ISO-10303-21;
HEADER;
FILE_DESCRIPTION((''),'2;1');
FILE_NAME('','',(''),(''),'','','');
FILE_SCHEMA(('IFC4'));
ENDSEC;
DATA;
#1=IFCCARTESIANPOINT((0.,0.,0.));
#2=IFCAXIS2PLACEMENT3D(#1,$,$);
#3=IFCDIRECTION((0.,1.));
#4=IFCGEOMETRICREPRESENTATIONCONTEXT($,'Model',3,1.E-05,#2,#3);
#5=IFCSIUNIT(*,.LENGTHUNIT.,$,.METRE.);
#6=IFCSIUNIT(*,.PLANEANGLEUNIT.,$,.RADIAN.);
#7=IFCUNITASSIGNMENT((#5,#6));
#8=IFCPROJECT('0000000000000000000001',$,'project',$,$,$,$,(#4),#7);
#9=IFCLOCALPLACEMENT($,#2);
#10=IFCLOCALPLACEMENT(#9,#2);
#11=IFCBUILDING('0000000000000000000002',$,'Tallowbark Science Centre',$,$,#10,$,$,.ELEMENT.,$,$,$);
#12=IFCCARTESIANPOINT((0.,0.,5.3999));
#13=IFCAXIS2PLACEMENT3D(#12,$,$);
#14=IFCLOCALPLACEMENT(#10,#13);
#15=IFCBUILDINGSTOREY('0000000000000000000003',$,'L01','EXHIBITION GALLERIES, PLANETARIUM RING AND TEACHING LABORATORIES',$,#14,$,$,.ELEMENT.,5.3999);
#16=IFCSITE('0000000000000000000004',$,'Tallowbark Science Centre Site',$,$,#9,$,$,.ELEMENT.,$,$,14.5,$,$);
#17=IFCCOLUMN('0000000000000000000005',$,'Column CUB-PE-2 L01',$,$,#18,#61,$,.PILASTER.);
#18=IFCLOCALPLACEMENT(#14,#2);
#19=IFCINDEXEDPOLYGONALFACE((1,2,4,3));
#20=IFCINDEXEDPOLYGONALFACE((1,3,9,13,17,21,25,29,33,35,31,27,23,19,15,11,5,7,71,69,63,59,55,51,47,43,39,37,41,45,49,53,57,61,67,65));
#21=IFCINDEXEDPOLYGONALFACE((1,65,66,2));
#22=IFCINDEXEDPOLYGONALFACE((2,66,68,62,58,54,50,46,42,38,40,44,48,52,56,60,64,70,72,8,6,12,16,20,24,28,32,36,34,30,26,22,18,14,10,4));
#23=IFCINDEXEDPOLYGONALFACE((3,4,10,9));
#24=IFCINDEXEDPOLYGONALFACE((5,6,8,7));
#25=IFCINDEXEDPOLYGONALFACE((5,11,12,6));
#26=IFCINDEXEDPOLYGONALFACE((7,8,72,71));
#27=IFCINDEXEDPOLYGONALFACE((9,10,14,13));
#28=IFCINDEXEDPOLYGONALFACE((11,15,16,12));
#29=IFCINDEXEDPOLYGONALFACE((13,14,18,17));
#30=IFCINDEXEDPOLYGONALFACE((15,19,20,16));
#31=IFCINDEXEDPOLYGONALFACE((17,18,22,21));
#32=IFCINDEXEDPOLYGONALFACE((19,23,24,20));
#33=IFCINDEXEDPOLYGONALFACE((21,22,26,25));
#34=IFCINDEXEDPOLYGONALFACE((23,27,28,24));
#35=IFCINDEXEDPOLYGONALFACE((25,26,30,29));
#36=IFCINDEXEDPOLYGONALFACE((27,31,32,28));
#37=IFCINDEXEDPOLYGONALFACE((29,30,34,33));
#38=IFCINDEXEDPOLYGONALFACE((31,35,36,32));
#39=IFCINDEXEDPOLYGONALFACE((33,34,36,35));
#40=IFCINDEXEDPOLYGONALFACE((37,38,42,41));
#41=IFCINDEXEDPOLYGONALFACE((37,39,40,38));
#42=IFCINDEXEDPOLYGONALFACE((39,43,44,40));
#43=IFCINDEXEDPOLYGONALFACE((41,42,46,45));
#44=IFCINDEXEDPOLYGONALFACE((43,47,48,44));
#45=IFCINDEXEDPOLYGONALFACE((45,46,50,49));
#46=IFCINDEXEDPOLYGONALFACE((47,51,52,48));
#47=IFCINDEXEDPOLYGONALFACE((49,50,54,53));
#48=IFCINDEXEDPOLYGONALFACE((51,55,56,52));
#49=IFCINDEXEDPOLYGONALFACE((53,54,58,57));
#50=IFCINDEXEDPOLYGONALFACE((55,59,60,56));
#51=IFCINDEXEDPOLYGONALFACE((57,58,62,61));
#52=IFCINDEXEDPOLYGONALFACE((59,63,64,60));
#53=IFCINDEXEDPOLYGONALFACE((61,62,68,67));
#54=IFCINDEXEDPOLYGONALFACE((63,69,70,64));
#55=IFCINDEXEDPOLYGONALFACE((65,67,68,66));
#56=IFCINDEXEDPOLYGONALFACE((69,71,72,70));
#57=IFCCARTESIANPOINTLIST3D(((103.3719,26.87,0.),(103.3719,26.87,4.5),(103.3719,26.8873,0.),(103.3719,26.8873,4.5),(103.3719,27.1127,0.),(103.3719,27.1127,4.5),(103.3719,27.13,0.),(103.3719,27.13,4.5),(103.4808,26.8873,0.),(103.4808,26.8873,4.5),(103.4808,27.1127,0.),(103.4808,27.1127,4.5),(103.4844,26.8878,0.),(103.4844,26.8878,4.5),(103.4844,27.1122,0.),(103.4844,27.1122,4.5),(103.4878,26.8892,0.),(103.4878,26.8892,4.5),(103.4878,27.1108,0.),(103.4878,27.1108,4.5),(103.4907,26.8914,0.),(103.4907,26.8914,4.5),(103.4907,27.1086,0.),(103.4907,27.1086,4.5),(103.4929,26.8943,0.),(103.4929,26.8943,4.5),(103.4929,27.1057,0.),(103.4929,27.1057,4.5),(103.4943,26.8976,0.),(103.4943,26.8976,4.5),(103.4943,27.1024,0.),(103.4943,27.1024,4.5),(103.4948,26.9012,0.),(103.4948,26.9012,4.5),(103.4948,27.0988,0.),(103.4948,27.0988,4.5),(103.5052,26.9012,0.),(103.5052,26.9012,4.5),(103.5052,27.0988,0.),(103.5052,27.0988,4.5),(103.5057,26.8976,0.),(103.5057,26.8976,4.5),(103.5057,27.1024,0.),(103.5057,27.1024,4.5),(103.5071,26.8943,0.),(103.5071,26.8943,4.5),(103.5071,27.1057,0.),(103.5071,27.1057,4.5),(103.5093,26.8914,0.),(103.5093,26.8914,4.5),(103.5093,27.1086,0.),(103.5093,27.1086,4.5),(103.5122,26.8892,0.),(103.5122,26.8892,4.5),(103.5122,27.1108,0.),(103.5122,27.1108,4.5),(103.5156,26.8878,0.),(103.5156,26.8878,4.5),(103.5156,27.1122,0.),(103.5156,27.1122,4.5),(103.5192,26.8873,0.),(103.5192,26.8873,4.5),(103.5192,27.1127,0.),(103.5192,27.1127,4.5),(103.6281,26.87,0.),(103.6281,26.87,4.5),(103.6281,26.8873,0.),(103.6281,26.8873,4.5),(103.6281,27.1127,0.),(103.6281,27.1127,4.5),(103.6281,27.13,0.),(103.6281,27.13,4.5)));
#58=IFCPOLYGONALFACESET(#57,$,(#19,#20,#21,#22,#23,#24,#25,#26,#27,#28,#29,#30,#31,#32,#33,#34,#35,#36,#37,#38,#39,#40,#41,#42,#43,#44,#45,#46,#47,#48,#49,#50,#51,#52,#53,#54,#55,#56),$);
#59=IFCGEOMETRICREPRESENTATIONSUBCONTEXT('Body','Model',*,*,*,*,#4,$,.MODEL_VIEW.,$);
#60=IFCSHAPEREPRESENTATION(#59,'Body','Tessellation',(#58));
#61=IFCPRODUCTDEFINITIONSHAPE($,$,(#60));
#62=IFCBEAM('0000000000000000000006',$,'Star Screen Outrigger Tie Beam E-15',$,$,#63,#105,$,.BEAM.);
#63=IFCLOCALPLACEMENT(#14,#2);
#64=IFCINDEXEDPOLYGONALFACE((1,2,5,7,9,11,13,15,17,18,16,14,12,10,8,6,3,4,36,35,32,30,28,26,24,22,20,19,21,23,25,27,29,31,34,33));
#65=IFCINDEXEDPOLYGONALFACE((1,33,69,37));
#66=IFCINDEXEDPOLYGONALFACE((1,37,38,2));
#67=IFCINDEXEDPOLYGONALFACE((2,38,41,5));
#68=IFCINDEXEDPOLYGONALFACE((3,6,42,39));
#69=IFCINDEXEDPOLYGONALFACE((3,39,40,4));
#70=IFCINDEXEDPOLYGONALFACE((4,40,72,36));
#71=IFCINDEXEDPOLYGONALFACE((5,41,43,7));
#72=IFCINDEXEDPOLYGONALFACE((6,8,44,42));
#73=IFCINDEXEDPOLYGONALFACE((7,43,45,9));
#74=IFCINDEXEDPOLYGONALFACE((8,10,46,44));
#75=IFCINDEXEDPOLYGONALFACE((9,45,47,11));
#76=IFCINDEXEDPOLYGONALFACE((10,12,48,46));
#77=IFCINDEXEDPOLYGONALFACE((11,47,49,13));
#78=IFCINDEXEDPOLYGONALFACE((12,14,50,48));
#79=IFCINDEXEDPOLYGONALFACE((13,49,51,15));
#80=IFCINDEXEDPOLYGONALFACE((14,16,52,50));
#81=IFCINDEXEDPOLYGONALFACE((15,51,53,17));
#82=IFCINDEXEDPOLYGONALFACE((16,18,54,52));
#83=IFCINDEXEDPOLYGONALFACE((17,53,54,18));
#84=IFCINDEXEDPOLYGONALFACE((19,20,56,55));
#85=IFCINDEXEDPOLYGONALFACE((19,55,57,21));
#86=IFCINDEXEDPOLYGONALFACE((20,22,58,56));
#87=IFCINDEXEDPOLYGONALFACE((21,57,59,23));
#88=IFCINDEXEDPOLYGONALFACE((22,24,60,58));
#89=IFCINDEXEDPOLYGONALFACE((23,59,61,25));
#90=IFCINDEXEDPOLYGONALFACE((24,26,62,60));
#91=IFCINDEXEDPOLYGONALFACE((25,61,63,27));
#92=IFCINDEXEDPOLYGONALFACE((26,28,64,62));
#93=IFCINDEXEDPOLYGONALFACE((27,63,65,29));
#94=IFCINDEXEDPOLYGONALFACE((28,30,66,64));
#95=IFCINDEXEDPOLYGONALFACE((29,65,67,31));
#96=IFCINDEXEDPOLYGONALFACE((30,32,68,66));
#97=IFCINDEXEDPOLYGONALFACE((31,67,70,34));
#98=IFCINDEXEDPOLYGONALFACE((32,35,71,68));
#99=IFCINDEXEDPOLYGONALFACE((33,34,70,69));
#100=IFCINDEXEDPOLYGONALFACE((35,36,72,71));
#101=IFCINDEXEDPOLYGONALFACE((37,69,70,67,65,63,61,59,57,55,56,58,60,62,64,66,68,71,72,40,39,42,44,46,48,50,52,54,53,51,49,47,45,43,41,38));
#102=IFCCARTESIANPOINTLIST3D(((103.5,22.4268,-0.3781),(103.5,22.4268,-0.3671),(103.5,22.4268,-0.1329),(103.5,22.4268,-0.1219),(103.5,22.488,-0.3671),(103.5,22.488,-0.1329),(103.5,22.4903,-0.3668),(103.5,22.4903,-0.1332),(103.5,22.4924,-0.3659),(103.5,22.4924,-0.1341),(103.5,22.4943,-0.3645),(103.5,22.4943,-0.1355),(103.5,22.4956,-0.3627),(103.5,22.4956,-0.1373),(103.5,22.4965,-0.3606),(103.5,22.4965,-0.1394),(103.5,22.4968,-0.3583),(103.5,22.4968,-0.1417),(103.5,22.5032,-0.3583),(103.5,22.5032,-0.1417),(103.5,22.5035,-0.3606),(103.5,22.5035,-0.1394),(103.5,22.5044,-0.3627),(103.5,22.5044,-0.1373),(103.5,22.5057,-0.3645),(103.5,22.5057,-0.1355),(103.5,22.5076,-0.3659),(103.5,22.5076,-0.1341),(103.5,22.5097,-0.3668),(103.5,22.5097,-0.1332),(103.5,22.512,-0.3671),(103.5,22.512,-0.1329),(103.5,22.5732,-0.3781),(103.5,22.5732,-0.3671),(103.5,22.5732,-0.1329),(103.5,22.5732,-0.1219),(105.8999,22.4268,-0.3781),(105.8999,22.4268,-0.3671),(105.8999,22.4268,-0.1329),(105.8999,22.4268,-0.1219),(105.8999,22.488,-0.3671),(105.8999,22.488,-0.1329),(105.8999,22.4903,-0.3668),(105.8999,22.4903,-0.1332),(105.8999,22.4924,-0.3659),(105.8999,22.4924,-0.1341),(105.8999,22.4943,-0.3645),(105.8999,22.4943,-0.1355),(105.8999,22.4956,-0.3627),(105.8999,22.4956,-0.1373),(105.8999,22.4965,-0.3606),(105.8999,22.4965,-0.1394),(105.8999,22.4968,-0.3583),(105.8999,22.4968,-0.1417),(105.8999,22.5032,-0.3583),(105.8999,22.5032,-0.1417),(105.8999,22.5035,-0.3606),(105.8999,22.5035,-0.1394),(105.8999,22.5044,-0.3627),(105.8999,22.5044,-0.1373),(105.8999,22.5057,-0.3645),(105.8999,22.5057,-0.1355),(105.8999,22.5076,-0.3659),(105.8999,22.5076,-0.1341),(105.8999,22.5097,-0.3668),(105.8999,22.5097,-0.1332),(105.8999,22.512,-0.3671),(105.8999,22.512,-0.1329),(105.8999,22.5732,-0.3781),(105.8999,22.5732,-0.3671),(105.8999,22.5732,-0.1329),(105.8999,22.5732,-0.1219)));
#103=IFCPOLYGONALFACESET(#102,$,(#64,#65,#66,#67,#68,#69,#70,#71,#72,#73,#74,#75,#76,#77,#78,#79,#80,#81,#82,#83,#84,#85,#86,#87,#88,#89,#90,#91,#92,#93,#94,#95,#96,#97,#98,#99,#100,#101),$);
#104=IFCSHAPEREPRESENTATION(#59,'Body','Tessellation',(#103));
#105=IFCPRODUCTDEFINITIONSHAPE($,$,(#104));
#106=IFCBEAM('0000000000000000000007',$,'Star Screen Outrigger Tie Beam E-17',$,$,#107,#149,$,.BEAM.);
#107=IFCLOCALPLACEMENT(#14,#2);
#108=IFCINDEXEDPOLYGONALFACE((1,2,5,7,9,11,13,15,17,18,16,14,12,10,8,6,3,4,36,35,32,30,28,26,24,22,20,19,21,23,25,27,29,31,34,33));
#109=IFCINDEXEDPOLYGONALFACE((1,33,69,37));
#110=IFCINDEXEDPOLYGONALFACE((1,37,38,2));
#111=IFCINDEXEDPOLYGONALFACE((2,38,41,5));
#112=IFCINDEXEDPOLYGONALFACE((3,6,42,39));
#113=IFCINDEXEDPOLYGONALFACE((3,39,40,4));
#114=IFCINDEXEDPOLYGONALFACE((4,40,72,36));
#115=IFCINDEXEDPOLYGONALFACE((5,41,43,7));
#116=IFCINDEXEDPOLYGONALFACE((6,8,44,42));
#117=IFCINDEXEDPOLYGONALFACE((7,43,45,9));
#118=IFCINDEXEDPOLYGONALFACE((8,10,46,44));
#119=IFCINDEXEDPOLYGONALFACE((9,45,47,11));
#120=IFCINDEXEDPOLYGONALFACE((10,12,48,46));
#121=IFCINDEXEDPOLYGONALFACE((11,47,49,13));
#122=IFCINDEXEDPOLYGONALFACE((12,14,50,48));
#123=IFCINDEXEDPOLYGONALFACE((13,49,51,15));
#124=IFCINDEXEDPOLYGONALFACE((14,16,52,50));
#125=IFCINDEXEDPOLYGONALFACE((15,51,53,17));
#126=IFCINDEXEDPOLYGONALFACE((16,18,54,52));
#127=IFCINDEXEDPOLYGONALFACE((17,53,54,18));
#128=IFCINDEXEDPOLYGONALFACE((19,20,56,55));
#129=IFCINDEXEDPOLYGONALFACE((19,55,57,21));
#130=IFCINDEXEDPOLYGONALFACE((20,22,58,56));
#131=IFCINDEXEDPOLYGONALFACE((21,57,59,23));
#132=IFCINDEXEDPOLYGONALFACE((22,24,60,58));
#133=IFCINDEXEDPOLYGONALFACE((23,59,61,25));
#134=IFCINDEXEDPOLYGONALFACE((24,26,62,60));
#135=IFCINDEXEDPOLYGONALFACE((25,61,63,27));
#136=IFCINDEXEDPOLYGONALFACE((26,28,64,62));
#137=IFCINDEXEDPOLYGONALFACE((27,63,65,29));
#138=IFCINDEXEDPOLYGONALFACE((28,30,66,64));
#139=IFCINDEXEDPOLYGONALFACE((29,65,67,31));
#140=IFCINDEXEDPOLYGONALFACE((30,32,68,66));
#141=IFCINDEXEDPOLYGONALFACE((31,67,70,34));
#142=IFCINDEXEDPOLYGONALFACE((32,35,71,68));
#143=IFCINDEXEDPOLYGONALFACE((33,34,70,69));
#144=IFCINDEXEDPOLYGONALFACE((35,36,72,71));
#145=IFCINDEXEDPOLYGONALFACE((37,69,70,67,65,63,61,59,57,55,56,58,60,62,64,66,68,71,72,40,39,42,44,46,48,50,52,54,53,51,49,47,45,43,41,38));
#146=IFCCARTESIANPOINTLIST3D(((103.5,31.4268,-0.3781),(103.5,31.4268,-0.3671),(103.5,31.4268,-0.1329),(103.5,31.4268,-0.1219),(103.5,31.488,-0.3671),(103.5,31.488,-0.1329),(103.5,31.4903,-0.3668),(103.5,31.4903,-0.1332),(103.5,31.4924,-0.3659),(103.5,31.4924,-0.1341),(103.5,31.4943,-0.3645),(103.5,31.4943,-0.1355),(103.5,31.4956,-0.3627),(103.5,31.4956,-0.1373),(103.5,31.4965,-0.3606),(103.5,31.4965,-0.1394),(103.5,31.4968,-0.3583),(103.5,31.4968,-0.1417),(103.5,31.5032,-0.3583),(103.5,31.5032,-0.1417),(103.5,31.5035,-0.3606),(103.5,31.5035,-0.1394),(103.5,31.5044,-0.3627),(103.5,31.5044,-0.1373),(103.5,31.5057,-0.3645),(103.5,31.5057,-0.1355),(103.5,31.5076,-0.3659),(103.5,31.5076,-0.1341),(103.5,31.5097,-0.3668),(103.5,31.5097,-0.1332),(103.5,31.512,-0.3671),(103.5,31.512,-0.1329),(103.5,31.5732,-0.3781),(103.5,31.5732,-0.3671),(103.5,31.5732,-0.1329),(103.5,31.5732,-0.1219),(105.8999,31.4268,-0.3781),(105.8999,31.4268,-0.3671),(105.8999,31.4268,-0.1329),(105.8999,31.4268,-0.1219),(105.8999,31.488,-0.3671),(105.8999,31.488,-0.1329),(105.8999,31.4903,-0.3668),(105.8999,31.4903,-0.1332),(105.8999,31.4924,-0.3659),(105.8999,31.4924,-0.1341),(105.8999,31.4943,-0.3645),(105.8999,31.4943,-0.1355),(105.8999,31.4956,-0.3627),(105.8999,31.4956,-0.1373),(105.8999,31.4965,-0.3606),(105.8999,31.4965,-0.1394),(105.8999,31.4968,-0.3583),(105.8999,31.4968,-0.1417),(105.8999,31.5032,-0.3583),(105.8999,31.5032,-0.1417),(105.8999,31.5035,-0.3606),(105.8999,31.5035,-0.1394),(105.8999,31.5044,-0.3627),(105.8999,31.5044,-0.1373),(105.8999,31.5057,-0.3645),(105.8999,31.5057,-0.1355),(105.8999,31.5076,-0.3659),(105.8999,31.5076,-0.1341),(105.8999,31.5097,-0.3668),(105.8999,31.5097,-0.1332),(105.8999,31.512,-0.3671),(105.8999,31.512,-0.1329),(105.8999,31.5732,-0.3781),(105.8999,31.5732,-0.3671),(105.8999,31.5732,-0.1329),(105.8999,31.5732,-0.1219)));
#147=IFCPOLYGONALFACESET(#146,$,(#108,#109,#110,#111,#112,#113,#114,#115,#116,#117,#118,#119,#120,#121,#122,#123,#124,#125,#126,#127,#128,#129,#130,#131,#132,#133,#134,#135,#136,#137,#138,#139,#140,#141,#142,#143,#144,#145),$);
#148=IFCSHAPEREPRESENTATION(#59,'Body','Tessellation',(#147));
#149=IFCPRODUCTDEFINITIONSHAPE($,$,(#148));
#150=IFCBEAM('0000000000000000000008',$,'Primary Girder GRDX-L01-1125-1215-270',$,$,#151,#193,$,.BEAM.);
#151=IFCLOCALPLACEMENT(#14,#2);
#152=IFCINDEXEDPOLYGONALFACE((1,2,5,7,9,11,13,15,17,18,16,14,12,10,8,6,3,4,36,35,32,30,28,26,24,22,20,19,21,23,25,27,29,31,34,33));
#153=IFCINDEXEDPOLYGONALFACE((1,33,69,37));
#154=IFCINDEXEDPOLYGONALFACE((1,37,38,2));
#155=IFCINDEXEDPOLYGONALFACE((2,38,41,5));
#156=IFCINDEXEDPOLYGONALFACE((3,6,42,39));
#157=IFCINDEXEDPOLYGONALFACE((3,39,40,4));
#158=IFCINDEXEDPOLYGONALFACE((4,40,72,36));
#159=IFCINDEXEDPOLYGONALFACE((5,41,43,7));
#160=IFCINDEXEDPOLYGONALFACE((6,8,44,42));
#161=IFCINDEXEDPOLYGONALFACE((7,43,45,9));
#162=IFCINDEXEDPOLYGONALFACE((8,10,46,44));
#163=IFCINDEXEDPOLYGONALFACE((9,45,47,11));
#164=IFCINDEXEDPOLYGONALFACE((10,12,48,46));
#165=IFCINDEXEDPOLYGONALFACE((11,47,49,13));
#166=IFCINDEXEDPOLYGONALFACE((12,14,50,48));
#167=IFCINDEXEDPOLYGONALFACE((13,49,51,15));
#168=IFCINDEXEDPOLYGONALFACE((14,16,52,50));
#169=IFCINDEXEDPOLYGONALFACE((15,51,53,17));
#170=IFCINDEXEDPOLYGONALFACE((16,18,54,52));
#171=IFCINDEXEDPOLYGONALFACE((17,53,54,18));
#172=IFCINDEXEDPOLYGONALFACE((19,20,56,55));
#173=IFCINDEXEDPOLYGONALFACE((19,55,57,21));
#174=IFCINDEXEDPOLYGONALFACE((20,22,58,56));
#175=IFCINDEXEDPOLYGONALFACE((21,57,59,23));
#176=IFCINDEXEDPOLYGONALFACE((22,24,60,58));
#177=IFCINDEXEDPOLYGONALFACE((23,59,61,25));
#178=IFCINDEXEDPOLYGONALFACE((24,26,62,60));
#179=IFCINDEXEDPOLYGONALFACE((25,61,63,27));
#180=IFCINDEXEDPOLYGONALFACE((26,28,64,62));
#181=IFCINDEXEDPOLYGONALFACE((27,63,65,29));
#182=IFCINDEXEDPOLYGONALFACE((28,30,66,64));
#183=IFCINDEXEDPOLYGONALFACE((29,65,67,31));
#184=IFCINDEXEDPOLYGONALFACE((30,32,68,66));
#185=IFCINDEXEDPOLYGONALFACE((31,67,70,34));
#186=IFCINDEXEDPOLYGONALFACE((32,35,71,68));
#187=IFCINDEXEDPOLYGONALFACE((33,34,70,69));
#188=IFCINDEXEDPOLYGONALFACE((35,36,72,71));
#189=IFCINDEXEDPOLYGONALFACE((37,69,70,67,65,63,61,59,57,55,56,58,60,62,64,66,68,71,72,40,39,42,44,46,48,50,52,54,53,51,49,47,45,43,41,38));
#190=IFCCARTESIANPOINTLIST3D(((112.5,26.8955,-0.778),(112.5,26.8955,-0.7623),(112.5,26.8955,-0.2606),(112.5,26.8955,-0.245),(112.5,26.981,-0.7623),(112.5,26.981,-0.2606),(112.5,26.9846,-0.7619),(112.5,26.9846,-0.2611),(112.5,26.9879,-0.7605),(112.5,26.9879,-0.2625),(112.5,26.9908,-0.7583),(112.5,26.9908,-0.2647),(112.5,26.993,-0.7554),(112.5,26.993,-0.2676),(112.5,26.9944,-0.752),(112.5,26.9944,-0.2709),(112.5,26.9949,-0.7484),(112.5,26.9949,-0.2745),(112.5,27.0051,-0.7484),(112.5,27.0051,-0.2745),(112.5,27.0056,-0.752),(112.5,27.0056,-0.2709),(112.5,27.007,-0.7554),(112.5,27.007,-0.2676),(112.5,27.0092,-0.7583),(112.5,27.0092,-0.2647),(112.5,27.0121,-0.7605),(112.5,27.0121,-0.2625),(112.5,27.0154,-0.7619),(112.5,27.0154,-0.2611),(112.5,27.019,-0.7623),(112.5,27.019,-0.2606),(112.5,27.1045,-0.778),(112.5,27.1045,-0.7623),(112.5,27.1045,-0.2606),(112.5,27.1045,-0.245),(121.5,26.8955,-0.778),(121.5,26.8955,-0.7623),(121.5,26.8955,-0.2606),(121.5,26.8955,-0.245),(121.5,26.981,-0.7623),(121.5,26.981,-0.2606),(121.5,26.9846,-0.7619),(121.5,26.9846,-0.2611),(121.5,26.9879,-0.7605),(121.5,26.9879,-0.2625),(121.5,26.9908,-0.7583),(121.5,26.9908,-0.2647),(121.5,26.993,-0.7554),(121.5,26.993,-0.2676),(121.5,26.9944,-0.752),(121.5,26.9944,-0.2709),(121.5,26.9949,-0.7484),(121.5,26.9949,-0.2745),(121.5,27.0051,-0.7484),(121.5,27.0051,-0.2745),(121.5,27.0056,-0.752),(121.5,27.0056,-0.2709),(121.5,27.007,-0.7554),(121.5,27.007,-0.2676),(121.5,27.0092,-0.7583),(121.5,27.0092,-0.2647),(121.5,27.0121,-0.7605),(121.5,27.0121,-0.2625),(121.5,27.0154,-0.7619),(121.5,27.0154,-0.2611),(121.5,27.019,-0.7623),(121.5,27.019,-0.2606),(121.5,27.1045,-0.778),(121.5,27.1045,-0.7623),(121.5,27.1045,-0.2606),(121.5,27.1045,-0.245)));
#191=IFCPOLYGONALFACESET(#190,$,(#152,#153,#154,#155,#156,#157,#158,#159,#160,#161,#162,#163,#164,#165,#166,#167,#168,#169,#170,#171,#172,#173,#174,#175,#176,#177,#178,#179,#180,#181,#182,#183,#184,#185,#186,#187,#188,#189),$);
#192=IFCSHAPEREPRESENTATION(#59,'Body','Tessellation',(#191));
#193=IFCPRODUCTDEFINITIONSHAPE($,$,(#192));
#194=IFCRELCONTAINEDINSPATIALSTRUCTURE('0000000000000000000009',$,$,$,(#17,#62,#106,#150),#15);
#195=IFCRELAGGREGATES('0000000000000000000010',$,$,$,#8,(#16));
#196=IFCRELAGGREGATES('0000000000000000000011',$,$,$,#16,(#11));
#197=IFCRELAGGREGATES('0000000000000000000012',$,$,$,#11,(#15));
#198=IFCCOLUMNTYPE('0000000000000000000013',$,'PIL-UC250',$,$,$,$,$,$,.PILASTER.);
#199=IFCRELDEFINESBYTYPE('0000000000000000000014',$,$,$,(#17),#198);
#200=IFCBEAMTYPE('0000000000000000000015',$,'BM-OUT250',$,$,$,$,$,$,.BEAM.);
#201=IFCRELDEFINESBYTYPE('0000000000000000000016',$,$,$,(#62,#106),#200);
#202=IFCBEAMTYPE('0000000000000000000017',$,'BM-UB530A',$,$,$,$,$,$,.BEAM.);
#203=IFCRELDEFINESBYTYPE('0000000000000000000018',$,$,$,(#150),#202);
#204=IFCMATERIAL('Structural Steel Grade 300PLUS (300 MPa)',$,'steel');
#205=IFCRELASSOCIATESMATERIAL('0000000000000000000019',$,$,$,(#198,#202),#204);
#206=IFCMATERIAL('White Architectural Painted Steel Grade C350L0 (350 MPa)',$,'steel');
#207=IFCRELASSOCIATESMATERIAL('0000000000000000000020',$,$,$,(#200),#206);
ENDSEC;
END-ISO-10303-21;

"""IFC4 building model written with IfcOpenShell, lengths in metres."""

from ifc_helpers import new_model, si_unit, direction, frame, origin, origin_2d, place, context, subcontext, project, spatial, i_section, extrude, material, material_profile, profile_set, type_object, element, save


model = new_model("IFC4")

# Units and contexts
model_context = context("Model", 3, precision=1e-05, world=origin(), true_north=direction((0.0, 1.0)))
body_context = subcontext(model_context, "Body", "Model", "MODEL_VIEW")
ifc_project = project(units=[si_unit("LENGTHUNIT", "METRE"), si_unit("PLANEANGLEUNIT", "RADIAN")], contexts=[model_context])

# Site, building, storey
site_placement = place(None, origin())
site = spatial("IfcSite", under=ifc_project, at=site_placement, Name="Tallowbark Science Centre Site", CompositionType="ELEMENT", RefElevation=14.5)
building_placement = place(site_placement, origin())
building = spatial("IfcBuilding", under=site, at=building_placement, Name="Tallowbark Science Centre", CompositionType="ELEMENT")
storey_placement = place(building_placement, frame((0.0, 0.0, 5.3999)))
storey = spatial("IfcBuildingStorey", under=building, at=storey_placement, Name="L01", Description="EXHIBITION GALLERIES, PLANETARIUM RING AND TEACHING LABORATORIES", CompositionType="ELEMENT", Elevation=5.3999)

# Column
ifc_material_1 = material(Name="White Architectural Painted Steel Grade C350L0 (350 MPa)", Category="steel")
ifc_material_2 = material(Name="Structural Steel Grade 300PLUS (300 MPa)", Category="steel")
ifc_material_profile_1 = material_profile(ifc_material_2, i_section(OverallWidth=0.2561, OverallDepth=0.26, WebThickness=0.0105, FlangeThickness=0.0173, FilletRadius=0.0139, at=origin_2d()), Name="250UC89.5")
ifc_profile_set_1 = profile_set([ifc_material_profile_1], Name="Structural Steel Grade 300PLUS (300 MPa)")
column_type_1 = type_object("IfcColumnType", Name="PIL-UC250", PredefinedType="PILASTER", material=ifc_profile_set_1)
column_1_placement = place(storey_placement, frame((103.5, 27.0, 0.0), z_axis=(0.0, 0.0, 1.0), x_axis=(1.0, 0.0, 0.0)))
element("IfcColumn", 1, at=column_1_placement, inside=storey, type_object=column_type_1, Name="Column CUB-PE-2 L01", PredefinedType="PILASTER", context=body_context, shape_type="SweptSolid", body=[
    extrude(i_section(OverallWidth=0.2561, OverallDepth=0.26, WebThickness=0.0105, FlangeThickness=0.0173, FilletRadius=0.0139, at=origin_2d()), origin(), (0.0, 0.0, 1.0), 4.5),
])

# Beams
ifc_material_profile_2 = material_profile(ifc_material_1, i_section(OverallWidth=0.1465, OverallDepth=0.2561, WebThickness=0.0063, FlangeThickness=0.011, FilletRadius=0.0088, at=origin_2d()), Name="250UB37.3")
ifc_profile_set_2 = profile_set([ifc_material_profile_2], Name="White Architectural Painted Steel Grade C350L0 (350 MPa)")
beam_type_1 = type_object("IfcBeamType", Name="BM-OUT250", PredefinedType="BEAM", material=ifc_profile_set_2)
for number, where, z_axis, x_axis, name in (
    (2, (103.5, 22.5, -0.25), (1.0, 0.0, 0.0), (0.0, 1.0, 0.0), "Star Screen Outrigger Tie Beam E-15"),
    (3, (103.5, 31.5, -0.25), (1.0, 0.0, 0.0), (0.0, 1.0, 0.0), "Star Screen Outrigger Tie Beam E-17"),
):
    element("IfcBeam", number, at=place(storey_placement, frame(where, z_axis=z_axis, x_axis=x_axis)), inside=storey, type_object=beam_type_1, Name=name, PredefinedType="BEAM", context=body_context, shape_type="SweptSolid", body=[
        extrude(i_section(OverallWidth=0.1465, OverallDepth=0.2561, WebThickness=0.0063, FlangeThickness=0.011, FilletRadius=0.0088, at=origin_2d()), origin(), (0.0, 0.0, 1.0), 2.3999),
    ])
ifc_material_profile_3 = material_profile(ifc_material_2, i_section(OverallWidth=0.209, OverallDepth=0.533, WebThickness=0.0103, FlangeThickness=0.0156, FilletRadius=0.0139, at=origin_2d()), Name="530UB92.4")
ifc_profile_set_3 = profile_set([ifc_material_profile_3], Name="Structural Steel Grade 300PLUS (300 MPa)")
beam_type_2 = type_object("IfcBeamType", Name="BM-UB530A", PredefinedType="BEAM", material=ifc_profile_set_3)
beam_1_placement = place(storey_placement, frame((112.5, 27.0, -0.5115), z_axis=(1.0, 0.0, 0.0), x_axis=(0.0, 1.0, 0.0)))
element("IfcBeam", 4, at=beam_1_placement, inside=storey, type_object=beam_type_2, Name="Primary Girder GRDX-L01-1125-1215-270", PredefinedType="BEAM", context=body_context, shape_type="SweptSolid", body=[
    extrude(i_section(OverallWidth=0.209, OverallDepth=0.533, WebThickness=0.0103, FlangeThickness=0.0156, FilletRadius=0.0139, at=origin_2d()), origin(), (0.0, 0.0, 1.0), 9.0),
])

save(model, "model.ifc")
